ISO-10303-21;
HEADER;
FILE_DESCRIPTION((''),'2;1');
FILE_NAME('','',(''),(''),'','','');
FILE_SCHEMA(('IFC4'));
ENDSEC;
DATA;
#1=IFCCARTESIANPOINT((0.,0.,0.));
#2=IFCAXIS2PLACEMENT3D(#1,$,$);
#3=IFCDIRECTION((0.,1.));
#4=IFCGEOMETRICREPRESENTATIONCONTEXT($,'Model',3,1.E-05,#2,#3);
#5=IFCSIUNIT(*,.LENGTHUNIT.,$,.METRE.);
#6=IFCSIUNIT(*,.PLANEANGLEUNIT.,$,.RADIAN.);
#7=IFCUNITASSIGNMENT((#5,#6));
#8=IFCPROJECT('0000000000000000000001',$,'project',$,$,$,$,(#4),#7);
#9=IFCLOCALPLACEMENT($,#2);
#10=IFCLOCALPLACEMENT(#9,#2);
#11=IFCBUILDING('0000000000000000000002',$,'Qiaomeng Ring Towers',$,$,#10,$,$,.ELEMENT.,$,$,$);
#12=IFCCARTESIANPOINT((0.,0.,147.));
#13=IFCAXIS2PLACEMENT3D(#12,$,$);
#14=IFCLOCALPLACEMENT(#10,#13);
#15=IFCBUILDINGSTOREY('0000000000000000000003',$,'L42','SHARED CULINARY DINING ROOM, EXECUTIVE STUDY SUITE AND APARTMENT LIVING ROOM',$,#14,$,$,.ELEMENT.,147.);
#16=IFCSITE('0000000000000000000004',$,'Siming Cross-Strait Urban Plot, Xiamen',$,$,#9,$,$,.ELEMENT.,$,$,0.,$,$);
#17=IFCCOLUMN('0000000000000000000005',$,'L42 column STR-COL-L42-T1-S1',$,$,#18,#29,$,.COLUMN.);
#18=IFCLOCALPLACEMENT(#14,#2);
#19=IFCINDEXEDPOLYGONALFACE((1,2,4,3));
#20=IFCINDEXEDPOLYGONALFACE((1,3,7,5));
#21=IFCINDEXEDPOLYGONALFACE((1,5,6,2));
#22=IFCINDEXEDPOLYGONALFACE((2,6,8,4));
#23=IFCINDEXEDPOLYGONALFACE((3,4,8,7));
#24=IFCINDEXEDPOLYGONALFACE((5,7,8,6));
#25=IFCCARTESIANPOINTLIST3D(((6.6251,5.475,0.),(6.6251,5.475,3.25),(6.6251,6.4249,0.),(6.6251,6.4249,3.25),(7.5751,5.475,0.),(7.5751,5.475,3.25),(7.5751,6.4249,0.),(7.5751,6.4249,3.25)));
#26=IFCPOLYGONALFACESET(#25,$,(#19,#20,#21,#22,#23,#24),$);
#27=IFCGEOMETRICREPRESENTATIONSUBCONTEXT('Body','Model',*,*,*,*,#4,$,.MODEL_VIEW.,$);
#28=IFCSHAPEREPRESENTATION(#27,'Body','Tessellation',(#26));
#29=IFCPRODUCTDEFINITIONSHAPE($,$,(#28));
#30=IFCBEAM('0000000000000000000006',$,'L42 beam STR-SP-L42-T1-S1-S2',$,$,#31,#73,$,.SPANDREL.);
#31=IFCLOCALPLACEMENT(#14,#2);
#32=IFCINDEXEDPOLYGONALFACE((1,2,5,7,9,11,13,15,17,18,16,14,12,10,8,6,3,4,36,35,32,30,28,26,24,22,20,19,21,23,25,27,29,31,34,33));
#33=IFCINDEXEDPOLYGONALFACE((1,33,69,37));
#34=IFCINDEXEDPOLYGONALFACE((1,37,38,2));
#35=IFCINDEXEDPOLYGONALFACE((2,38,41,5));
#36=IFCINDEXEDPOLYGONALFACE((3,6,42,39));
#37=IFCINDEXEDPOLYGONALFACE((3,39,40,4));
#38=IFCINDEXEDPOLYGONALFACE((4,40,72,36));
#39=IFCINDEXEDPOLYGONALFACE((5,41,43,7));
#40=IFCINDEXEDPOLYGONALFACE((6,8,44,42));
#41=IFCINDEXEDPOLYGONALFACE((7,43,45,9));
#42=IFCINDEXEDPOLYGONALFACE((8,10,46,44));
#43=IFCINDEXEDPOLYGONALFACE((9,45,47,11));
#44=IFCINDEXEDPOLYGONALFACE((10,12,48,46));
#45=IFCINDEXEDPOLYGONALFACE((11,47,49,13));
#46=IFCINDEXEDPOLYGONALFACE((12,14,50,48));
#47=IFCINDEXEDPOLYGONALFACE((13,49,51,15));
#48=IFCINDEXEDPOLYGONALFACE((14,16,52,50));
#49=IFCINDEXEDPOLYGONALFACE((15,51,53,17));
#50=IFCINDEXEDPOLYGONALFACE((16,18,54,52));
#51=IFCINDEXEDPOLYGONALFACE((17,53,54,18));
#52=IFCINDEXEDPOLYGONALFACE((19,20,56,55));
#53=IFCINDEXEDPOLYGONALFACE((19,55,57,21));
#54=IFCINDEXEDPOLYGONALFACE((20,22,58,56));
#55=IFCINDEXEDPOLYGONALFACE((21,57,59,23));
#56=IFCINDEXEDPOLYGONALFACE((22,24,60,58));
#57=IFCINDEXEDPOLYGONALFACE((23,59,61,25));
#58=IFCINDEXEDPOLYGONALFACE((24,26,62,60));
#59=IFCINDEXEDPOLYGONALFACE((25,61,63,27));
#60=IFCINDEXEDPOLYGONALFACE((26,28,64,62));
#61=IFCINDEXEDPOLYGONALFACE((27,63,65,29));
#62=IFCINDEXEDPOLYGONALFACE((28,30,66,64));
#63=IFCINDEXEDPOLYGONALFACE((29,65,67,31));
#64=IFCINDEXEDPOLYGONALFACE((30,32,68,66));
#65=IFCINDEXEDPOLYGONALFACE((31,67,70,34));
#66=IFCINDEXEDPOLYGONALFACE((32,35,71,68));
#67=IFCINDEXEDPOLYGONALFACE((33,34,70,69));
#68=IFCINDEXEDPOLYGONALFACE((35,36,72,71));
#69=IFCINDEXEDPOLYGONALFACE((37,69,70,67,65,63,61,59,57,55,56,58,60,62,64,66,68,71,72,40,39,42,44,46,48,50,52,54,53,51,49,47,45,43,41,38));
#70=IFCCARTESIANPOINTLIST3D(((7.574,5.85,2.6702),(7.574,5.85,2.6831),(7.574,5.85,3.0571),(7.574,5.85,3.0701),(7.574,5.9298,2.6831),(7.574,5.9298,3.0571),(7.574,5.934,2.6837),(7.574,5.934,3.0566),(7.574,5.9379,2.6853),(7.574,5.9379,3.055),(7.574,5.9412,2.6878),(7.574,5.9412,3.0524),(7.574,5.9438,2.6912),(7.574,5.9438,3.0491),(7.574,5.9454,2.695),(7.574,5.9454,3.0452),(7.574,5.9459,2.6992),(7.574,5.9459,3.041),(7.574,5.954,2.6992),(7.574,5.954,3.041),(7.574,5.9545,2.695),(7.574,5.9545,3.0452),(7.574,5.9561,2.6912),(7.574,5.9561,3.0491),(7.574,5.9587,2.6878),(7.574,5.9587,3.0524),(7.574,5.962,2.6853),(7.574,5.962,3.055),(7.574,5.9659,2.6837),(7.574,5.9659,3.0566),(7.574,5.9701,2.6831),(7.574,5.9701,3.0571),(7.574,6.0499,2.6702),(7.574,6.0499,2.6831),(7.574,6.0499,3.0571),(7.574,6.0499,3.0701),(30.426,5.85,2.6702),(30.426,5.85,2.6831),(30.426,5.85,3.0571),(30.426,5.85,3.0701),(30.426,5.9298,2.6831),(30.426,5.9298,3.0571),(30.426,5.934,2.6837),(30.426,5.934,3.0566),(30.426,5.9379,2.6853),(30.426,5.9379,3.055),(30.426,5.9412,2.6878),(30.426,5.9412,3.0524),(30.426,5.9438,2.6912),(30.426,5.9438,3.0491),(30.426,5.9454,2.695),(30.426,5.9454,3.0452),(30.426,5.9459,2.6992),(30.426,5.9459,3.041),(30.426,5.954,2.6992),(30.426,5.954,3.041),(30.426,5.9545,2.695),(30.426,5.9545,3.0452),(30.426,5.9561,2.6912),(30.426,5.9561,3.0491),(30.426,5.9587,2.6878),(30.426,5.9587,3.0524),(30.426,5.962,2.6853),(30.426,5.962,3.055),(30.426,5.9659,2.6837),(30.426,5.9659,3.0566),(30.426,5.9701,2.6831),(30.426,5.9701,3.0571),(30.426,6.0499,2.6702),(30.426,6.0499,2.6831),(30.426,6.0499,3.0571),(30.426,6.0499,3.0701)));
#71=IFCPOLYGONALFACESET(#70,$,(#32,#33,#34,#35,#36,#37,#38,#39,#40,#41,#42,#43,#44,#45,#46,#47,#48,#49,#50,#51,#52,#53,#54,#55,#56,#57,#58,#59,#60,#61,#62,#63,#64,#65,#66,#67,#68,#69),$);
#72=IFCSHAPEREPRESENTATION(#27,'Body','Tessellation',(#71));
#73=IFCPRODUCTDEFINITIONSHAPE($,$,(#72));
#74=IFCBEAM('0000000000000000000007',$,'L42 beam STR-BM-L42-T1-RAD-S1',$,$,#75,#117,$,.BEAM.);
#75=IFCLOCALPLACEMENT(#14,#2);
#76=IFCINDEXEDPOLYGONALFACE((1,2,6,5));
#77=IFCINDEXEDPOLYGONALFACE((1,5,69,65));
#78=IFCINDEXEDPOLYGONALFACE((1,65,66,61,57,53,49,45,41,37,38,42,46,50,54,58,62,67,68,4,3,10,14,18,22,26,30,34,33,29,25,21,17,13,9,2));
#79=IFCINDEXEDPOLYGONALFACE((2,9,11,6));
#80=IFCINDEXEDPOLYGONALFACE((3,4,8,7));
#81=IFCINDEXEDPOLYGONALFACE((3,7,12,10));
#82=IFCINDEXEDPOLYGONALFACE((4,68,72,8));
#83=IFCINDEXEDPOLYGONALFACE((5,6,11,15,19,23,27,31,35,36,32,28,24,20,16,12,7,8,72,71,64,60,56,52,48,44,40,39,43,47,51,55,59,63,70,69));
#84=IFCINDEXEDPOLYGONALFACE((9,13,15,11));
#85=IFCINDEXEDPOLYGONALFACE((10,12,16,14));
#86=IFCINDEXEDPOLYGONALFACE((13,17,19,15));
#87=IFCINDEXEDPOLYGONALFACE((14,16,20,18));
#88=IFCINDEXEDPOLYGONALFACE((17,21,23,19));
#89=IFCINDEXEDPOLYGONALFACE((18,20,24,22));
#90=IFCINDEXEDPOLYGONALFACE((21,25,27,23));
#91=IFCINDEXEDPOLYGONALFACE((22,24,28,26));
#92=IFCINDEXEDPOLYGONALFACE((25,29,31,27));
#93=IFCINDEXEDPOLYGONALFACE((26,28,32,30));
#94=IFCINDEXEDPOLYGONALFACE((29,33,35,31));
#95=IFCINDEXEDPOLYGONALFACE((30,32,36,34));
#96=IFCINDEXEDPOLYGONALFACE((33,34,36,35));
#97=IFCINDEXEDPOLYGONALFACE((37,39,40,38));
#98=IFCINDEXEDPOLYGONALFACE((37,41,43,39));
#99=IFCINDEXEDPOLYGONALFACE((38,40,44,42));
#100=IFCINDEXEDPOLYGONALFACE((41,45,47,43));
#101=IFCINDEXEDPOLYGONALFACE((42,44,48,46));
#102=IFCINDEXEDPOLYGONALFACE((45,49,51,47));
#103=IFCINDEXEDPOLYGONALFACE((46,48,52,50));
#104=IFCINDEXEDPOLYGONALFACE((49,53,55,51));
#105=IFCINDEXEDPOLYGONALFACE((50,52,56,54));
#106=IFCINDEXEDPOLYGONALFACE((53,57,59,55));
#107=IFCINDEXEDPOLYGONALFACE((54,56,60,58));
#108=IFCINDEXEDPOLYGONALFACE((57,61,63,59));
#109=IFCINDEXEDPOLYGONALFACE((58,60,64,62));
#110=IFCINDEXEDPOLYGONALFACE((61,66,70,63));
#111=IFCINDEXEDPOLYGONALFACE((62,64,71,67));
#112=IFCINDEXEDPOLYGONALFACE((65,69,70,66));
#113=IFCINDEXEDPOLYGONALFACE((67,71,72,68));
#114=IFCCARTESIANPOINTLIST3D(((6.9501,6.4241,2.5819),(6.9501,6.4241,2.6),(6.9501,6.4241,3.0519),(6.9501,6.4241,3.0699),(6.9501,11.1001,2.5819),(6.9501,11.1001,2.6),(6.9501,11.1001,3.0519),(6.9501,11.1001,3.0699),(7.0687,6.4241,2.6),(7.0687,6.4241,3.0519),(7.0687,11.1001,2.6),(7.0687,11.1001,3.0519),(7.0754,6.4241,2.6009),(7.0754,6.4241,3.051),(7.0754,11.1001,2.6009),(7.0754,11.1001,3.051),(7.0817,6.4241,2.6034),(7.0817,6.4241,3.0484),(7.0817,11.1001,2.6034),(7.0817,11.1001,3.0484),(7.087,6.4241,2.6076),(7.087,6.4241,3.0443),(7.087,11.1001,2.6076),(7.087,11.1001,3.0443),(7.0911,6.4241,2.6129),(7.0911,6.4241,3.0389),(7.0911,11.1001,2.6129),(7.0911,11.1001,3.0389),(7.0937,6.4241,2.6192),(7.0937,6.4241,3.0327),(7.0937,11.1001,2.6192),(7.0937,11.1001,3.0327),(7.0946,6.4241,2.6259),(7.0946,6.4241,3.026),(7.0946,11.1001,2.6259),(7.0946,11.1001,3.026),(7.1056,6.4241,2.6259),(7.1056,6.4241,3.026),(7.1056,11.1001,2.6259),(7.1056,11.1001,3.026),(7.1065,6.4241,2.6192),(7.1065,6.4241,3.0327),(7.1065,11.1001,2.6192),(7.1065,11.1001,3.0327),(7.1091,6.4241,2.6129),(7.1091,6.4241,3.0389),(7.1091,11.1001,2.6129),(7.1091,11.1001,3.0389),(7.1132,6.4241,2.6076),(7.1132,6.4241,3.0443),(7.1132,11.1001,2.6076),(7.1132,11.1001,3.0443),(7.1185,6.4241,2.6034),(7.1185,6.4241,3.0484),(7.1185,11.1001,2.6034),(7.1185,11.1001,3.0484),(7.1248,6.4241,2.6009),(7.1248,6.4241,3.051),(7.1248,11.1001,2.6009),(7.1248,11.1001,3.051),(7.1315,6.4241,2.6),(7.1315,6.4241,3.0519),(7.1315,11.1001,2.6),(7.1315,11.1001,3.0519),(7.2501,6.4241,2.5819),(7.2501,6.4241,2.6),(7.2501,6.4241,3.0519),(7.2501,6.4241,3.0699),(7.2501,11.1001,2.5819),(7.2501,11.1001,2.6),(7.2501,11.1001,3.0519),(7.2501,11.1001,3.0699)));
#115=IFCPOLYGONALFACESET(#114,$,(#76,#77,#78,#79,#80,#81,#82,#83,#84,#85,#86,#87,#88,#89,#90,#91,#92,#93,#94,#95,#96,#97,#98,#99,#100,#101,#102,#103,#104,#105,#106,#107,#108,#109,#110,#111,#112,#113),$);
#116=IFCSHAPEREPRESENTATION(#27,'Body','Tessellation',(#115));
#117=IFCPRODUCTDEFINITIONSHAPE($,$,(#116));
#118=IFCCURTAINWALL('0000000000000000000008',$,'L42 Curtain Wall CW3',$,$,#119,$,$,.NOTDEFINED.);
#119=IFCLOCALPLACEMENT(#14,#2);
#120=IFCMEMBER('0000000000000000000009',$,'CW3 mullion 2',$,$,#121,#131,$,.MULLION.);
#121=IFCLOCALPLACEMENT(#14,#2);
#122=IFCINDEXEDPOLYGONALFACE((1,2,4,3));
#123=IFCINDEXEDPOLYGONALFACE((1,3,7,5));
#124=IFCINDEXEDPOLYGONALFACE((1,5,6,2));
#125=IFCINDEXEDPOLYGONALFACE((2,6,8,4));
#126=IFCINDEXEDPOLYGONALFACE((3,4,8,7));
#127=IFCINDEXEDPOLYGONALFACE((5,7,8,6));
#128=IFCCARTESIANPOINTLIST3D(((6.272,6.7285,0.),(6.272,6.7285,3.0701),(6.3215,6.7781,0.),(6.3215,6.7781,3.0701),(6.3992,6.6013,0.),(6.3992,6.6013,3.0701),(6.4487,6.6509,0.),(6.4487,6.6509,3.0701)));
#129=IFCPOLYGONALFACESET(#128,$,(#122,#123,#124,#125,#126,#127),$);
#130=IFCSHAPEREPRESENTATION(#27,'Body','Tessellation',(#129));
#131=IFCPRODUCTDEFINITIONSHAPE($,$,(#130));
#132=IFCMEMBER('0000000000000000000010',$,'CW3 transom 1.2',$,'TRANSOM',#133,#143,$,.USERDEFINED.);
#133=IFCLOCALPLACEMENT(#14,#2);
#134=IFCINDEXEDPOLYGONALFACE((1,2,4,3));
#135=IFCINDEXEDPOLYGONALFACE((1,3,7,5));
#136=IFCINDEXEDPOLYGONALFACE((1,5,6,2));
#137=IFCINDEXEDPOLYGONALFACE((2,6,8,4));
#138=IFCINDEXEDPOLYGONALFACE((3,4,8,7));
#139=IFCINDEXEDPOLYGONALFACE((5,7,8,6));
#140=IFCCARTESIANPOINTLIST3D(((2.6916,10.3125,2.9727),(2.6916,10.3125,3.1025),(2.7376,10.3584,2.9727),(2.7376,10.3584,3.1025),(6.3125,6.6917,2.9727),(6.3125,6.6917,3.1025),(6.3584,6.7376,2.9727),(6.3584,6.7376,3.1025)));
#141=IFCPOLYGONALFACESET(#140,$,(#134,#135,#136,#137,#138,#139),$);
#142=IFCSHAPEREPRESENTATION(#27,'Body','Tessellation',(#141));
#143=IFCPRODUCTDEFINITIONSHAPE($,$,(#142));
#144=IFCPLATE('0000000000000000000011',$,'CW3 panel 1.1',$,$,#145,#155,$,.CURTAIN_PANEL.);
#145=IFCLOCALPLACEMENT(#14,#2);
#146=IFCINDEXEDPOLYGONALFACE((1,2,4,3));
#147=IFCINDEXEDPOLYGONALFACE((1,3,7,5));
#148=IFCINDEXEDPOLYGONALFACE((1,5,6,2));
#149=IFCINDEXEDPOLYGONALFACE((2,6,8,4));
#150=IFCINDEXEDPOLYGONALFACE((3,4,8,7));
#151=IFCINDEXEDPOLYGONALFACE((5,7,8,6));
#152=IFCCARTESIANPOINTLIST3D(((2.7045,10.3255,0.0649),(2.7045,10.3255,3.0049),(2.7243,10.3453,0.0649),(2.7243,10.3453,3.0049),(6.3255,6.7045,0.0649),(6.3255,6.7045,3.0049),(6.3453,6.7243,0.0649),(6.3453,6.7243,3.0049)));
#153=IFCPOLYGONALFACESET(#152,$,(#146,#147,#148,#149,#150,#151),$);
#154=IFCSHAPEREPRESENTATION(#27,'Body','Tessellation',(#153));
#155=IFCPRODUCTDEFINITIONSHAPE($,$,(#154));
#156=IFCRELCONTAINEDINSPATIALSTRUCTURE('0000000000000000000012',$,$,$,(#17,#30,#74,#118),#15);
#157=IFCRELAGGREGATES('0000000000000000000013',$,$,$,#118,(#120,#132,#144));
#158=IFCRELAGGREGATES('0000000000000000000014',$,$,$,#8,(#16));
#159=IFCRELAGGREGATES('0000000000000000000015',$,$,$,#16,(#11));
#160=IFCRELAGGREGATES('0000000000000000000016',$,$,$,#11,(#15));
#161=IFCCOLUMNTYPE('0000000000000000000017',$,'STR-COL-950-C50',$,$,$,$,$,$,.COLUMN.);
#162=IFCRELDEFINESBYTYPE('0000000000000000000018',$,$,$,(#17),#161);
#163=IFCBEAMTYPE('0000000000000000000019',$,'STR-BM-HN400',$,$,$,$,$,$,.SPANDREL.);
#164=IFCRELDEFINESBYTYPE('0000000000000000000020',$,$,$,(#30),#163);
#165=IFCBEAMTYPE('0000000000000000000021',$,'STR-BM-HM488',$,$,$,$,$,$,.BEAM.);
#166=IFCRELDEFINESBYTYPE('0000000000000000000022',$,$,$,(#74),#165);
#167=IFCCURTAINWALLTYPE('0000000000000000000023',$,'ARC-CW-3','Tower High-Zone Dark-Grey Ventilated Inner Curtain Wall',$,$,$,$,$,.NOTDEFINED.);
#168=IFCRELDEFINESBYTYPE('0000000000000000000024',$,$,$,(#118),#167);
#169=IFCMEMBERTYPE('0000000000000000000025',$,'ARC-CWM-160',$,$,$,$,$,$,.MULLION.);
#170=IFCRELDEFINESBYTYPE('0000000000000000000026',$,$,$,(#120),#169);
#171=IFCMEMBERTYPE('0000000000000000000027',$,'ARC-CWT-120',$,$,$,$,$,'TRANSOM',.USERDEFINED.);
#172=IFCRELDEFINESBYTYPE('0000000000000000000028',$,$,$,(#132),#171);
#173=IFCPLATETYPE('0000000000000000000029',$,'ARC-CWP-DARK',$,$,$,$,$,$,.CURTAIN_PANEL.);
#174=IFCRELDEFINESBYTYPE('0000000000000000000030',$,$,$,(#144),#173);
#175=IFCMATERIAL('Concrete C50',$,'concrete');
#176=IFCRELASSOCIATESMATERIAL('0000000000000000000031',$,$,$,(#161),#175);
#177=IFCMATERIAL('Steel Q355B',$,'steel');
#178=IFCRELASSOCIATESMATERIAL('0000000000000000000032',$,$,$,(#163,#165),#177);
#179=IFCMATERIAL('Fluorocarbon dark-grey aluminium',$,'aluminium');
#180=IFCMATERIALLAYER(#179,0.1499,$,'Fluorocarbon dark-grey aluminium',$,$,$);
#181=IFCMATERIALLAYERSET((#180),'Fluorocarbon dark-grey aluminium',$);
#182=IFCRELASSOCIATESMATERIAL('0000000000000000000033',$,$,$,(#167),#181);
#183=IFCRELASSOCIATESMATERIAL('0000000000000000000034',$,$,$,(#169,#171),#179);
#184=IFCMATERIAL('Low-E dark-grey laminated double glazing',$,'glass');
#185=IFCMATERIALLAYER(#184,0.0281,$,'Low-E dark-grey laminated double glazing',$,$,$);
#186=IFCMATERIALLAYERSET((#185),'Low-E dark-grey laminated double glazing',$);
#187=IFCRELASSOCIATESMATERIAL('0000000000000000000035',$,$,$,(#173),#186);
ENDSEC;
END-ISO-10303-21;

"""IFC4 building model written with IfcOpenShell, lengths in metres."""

from ifc_helpers import new_model, si_unit, direction, frame, origin, origin_2d, place, context, subcontext, project, spatial, rectangle, i_section, extrude, source, transform, mapped, material, layer, layer_set, material_profile, profile_set, type_object, element, aggregate, save


model = new_model("IFC4")

# Units and contexts
model_context = context("Model", 3, precision=1e-05, world=origin(), true_north=direction((0.0, 1.0)))
body_context = subcontext(model_context, "Body", "Model", "MODEL_VIEW")
ifc_project = project(units=[si_unit("LENGTHUNIT", "METRE"), si_unit("PLANEANGLEUNIT", "RADIAN")], contexts=[model_context])

# Site, building, storey
site_placement = place(None, origin())
site = spatial("IfcSite", under=ifc_project, at=site_placement, Name="Siming Cross-Strait Urban Plot, Xiamen", CompositionType="ELEMENT", RefElevation=0.0)
building_placement = place(site_placement, origin())
building = spatial("IfcBuilding", under=site, at=building_placement, Name="Qiaomeng Ring Towers", CompositionType="ELEMENT")
storey_placement = place(building_placement, frame((0.0, 0.0, 147.0)))
storey = spatial("IfcBuildingStorey", under=building, at=storey_placement, Name="L42", Description="SHARED CULINARY DINING ROOM, EXECUTIVE STUDY SUITE AND APARTMENT LIVING ROOM", CompositionType="ELEMENT", Elevation=147.0)

# Column
ifc_material_1 = material(Name="Concrete C50", Category="concrete")
ifc_material_profile_1 = material_profile(ifc_material_1, rectangle(XDim=0.95, YDim=0.95, at=origin_2d()), Name="RC COL 950x950")
ifc_profile_set_1 = profile_set([ifc_material_profile_1], Name="Concrete C50")
column_type = type_object("IfcColumnType", Name="STR-COL-950-C50", PredefinedType="COLUMN", material=ifc_profile_set_1)
shared_shape_1 = source(origin(), body_context, "Body", "SweptSolid", [
    extrude(rectangle(XDim=0.95, YDim=0.95, at=origin_2d()), origin(), (0.0, 0.0, 1.0), 3.25),
])
column_placement = place(storey_placement, frame((7.1001, 5.95, 0.0), z_axis=(0.0, 0.0, 1.0), x_axis=(1.0, 0.0, 0.0)))
element("IfcColumn", 1, at=column_placement, inside=storey, type_object=column_type, Name="L42 column STR-COL-L42-T1-S1", PredefinedType="COLUMN", context=body_context, shape_type="MappedRepresentation", body=[
    mapped(shared_shape_1, transform((0.0, 0.0, 0.0), x_axis=(1.0, 0.0, 0.0), y_axis=(0.0, 1.0, 0.0), z_axis=(0.0, 0.0, 1.0), scale=1.0)),
])

# Beams
ifc_material_2 = material(Name="Steel Q355B", Category="steel")
ifc_material_profile_2 = material_profile(ifc_material_2, i_section(OverallWidth=0.2, OverallDepth=0.3999, WebThickness=0.0081, FlangeThickness=0.0129, FilletRadius=0.0161, at=origin_2d()), Name="HN 400x200x8x13")
ifc_profile_set_2 = profile_set([ifc_material_profile_2], Name="Steel Q355B")
beam_type_1 = type_object("IfcBeamType", Name="STR-BM-HN400", PredefinedType="SPANDREL", material=ifc_profile_set_2)
shared_shape_2 = source(origin(), body_context, "Body", "SweptSolid", [
    extrude(i_section(OverallWidth=0.2, OverallDepth=0.3999, WebThickness=0.0081, FlangeThickness=0.0129, FilletRadius=0.0161, at=origin_2d()), origin(), (0.0, 0.0, 1.0), 22.8521),
])
beam_1_placement = place(storey_placement, frame((7.574, 5.95, 2.8701), z_axis=(1.0, 0.0, 0.0), x_axis=(0.0, 1.0, 0.0)))
element("IfcBeam", 2, at=beam_1_placement, inside=storey, type_object=beam_type_1, Name="L42 beam STR-SP-L42-T1-S1-S2", PredefinedType="SPANDREL", context=body_context, shape_type="MappedRepresentation", body=[
    mapped(shared_shape_2, transform((0.0, 0.0, 0.0), x_axis=(1.0, 0.0, 0.0), y_axis=(0.0, 1.0, 0.0), z_axis=(0.0, 0.0, 1.0), scale=1.0)),
])
ifc_material_profile_3 = material_profile(ifc_material_2, i_section(OverallWidth=0.3, OverallDepth=0.488, WebThickness=0.011, FlangeThickness=0.0181, FilletRadius=0.0259, at=origin_2d()), Name="HM 488x300x11x18")
ifc_profile_set_3 = profile_set([ifc_material_profile_3], Name="Steel Q355B")
beam_type_2 = type_object("IfcBeamType", Name="STR-BM-HM488", PredefinedType="BEAM", material=ifc_profile_set_3)
shared_shape_3 = source(origin(), body_context, "Body", "SweptSolid", [
    extrude(i_section(OverallWidth=0.3, OverallDepth=0.488, WebThickness=0.011, FlangeThickness=0.0181, FilletRadius=0.0259, at=origin_2d()), origin(), (0.0, 0.0, 1.0), 4.676),
])
beam_2_placement = place(storey_placement, frame((7.1001, 6.4241, 2.8259), z_axis=(0.0, 1.0, 0.0), x_axis=(-1.0, 0.0, 0.0)))
element("IfcBeam", 3, at=beam_2_placement, inside=storey, type_object=beam_type_2, Name="L42 beam STR-BM-L42-T1-RAD-S1", PredefinedType="BEAM", context=body_context, shape_type="MappedRepresentation", body=[
    mapped(shared_shape_3, transform((0.0, 0.0, 0.0), x_axis=(1.0, 0.0, 0.0), y_axis=(0.0, 1.0, 0.0), z_axis=(0.0, 0.0, 1.0), scale=1.0)),
])

# Curtain wall, members, plate
ifc_material_3 = material(Name="Fluorocarbon dark-grey aluminium", Category="aluminium")
ifc_layer_1 = layer(ifc_material_3, 0.1499, Name="Fluorocarbon dark-grey aluminium")
ifc_layer_set_1 = layer_set([ifc_layer_1], Name="Fluorocarbon dark-grey aluminium")
curtain_wall_type = type_object("IfcCurtainWallType", Name="ARC-CW-3", Description="Tower High-Zone Dark-Grey Ventilated Inner Curtain Wall", PredefinedType="NOTDEFINED", material=ifc_layer_set_1)
curtain_wall_placement = place(storey_placement, origin())
curtain_wall = element("IfcCurtainWall", 4, at=curtain_wall_placement, inside=storey, type_object=curtain_wall_type, Name="L42 Curtain Wall CW3", PredefinedType="NOTDEFINED")
ifc_material_profile_4 = material_profile(ifc_material_3, rectangle(XDim=0.0701, YDim=0.1799, at=origin_2d()), Name="ALU MULL 70x180")
ifc_profile_set_4 = profile_set([ifc_material_profile_4], Name="Fluorocarbon dark-grey aluminium")
member_type_1 = type_object("IfcMemberType", Name="ARC-CWM-160", PredefinedType="MULLION", material=ifc_profile_set_4)
shared_shape_4 = source(origin(), body_context, "Body", "SweptSolid", [
    extrude(rectangle(XDim=0.0701, YDim=0.1799, at=origin_2d()), origin(), (0.0, 0.0, 1.0), 3.0701),
])
member_1_placement = place(storey_placement, frame((6.3604, 6.6897, 0.0), z_axis=(0.0, 0.0, 1.0), x_axis=(0.707107, 0.707107, 0.0)))
member_1 = element("IfcMember", 5, at=member_1_placement, type_object=member_type_1, Name="CW3 mullion 2", PredefinedType="MULLION", context=body_context, shape_type="MappedRepresentation", body=[
    mapped(shared_shape_4, transform((0.0, 0.0, 0.0), x_axis=(1.0, 0.0, 0.0), y_axis=(0.0, 1.0, 0.0), z_axis=(0.0, 0.0, 1.0), scale=1.0)),
])
ifc_material_profile_5 = material_profile(ifc_material_3, rectangle(XDim=0.0649, YDim=0.1299, at=origin_2d()), Name="ALU TRAN 65x130")
ifc_profile_set_5 = profile_set([ifc_material_profile_5], Name="Fluorocarbon dark-grey aluminium")
member_type_2 = type_object("IfcMemberType", Name="ARC-CWT-120", ElementType="TRANSOM", PredefinedType="USERDEFINED", material=ifc_profile_set_5)
shared_shape_5 = source(origin(), body_context, "Body", "SweptSolid", [
    extrude(rectangle(XDim=0.0649, YDim=0.1299, at=origin_2d()), origin(), (0.0, 0.0, 1.0), 5.1206),
])
member_2_placement = place(storey_placement, frame((2.7146, 10.3354, 3.0376), z_axis=(0.707107, -0.707107, 0.0), x_axis=(0.707107, 0.707107, 0.0)))
member_2 = element("IfcMember", 6, at=member_2_placement, type_object=member_type_2, Name="CW3 transom 1.2", ObjectType="TRANSOM", PredefinedType="USERDEFINED", context=body_context, shape_type="MappedRepresentation", body=[
    mapped(shared_shape_5, transform((0.0, 0.0, 0.0), x_axis=(1.0, 0.0, 0.0), y_axis=(0.0, 1.0, 0.0), z_axis=(0.0, 0.0, 1.0), scale=1.0)),
])
ifc_material_4 = material(Name="Low-E dark-grey laminated double glazing", Category="glass")
ifc_layer_2 = layer(ifc_material_4, 0.0281, Name="Low-E dark-grey laminated double glazing")
ifc_layer_set_2 = layer_set([ifc_layer_2], Name="Low-E dark-grey laminated double glazing")
plate_type = type_object("IfcPlateType", Name="ARC-CWP-DARK", PredefinedType="CURTAIN_PANEL", material=ifc_layer_set_2)
shared_shape_6 = source(origin(), body_context, "Body", "SweptSolid", [
    extrude(rectangle(XDim=5.1208, YDim=0.0281, at=origin_2d()), origin(), (0.0, 0.0, 1.0), 2.9399),
])
plate_placement = place(storey_placement, frame((4.5249, 8.5249, 0.0649), z_axis=(0.0, 0.0, 1.0), x_axis=(0.707107, -0.707107, 0.0)))
plate = element("IfcPlate", 7, at=plate_placement, type_object=plate_type, Name="CW3 panel 1.1", PredefinedType="CURTAIN_PANEL", context=body_context, shape_type="MappedRepresentation", body=[
    mapped(shared_shape_6, transform((0.0, 0.0, 0.0), x_axis=(1.0, 0.0, 0.0), y_axis=(0.0, 1.0, 0.0), z_axis=(0.0, 0.0, 1.0), scale=1.0)),
])
aggregate(curtain_wall, [member_1, member_2, plate])

save(model, "model.ifc")
